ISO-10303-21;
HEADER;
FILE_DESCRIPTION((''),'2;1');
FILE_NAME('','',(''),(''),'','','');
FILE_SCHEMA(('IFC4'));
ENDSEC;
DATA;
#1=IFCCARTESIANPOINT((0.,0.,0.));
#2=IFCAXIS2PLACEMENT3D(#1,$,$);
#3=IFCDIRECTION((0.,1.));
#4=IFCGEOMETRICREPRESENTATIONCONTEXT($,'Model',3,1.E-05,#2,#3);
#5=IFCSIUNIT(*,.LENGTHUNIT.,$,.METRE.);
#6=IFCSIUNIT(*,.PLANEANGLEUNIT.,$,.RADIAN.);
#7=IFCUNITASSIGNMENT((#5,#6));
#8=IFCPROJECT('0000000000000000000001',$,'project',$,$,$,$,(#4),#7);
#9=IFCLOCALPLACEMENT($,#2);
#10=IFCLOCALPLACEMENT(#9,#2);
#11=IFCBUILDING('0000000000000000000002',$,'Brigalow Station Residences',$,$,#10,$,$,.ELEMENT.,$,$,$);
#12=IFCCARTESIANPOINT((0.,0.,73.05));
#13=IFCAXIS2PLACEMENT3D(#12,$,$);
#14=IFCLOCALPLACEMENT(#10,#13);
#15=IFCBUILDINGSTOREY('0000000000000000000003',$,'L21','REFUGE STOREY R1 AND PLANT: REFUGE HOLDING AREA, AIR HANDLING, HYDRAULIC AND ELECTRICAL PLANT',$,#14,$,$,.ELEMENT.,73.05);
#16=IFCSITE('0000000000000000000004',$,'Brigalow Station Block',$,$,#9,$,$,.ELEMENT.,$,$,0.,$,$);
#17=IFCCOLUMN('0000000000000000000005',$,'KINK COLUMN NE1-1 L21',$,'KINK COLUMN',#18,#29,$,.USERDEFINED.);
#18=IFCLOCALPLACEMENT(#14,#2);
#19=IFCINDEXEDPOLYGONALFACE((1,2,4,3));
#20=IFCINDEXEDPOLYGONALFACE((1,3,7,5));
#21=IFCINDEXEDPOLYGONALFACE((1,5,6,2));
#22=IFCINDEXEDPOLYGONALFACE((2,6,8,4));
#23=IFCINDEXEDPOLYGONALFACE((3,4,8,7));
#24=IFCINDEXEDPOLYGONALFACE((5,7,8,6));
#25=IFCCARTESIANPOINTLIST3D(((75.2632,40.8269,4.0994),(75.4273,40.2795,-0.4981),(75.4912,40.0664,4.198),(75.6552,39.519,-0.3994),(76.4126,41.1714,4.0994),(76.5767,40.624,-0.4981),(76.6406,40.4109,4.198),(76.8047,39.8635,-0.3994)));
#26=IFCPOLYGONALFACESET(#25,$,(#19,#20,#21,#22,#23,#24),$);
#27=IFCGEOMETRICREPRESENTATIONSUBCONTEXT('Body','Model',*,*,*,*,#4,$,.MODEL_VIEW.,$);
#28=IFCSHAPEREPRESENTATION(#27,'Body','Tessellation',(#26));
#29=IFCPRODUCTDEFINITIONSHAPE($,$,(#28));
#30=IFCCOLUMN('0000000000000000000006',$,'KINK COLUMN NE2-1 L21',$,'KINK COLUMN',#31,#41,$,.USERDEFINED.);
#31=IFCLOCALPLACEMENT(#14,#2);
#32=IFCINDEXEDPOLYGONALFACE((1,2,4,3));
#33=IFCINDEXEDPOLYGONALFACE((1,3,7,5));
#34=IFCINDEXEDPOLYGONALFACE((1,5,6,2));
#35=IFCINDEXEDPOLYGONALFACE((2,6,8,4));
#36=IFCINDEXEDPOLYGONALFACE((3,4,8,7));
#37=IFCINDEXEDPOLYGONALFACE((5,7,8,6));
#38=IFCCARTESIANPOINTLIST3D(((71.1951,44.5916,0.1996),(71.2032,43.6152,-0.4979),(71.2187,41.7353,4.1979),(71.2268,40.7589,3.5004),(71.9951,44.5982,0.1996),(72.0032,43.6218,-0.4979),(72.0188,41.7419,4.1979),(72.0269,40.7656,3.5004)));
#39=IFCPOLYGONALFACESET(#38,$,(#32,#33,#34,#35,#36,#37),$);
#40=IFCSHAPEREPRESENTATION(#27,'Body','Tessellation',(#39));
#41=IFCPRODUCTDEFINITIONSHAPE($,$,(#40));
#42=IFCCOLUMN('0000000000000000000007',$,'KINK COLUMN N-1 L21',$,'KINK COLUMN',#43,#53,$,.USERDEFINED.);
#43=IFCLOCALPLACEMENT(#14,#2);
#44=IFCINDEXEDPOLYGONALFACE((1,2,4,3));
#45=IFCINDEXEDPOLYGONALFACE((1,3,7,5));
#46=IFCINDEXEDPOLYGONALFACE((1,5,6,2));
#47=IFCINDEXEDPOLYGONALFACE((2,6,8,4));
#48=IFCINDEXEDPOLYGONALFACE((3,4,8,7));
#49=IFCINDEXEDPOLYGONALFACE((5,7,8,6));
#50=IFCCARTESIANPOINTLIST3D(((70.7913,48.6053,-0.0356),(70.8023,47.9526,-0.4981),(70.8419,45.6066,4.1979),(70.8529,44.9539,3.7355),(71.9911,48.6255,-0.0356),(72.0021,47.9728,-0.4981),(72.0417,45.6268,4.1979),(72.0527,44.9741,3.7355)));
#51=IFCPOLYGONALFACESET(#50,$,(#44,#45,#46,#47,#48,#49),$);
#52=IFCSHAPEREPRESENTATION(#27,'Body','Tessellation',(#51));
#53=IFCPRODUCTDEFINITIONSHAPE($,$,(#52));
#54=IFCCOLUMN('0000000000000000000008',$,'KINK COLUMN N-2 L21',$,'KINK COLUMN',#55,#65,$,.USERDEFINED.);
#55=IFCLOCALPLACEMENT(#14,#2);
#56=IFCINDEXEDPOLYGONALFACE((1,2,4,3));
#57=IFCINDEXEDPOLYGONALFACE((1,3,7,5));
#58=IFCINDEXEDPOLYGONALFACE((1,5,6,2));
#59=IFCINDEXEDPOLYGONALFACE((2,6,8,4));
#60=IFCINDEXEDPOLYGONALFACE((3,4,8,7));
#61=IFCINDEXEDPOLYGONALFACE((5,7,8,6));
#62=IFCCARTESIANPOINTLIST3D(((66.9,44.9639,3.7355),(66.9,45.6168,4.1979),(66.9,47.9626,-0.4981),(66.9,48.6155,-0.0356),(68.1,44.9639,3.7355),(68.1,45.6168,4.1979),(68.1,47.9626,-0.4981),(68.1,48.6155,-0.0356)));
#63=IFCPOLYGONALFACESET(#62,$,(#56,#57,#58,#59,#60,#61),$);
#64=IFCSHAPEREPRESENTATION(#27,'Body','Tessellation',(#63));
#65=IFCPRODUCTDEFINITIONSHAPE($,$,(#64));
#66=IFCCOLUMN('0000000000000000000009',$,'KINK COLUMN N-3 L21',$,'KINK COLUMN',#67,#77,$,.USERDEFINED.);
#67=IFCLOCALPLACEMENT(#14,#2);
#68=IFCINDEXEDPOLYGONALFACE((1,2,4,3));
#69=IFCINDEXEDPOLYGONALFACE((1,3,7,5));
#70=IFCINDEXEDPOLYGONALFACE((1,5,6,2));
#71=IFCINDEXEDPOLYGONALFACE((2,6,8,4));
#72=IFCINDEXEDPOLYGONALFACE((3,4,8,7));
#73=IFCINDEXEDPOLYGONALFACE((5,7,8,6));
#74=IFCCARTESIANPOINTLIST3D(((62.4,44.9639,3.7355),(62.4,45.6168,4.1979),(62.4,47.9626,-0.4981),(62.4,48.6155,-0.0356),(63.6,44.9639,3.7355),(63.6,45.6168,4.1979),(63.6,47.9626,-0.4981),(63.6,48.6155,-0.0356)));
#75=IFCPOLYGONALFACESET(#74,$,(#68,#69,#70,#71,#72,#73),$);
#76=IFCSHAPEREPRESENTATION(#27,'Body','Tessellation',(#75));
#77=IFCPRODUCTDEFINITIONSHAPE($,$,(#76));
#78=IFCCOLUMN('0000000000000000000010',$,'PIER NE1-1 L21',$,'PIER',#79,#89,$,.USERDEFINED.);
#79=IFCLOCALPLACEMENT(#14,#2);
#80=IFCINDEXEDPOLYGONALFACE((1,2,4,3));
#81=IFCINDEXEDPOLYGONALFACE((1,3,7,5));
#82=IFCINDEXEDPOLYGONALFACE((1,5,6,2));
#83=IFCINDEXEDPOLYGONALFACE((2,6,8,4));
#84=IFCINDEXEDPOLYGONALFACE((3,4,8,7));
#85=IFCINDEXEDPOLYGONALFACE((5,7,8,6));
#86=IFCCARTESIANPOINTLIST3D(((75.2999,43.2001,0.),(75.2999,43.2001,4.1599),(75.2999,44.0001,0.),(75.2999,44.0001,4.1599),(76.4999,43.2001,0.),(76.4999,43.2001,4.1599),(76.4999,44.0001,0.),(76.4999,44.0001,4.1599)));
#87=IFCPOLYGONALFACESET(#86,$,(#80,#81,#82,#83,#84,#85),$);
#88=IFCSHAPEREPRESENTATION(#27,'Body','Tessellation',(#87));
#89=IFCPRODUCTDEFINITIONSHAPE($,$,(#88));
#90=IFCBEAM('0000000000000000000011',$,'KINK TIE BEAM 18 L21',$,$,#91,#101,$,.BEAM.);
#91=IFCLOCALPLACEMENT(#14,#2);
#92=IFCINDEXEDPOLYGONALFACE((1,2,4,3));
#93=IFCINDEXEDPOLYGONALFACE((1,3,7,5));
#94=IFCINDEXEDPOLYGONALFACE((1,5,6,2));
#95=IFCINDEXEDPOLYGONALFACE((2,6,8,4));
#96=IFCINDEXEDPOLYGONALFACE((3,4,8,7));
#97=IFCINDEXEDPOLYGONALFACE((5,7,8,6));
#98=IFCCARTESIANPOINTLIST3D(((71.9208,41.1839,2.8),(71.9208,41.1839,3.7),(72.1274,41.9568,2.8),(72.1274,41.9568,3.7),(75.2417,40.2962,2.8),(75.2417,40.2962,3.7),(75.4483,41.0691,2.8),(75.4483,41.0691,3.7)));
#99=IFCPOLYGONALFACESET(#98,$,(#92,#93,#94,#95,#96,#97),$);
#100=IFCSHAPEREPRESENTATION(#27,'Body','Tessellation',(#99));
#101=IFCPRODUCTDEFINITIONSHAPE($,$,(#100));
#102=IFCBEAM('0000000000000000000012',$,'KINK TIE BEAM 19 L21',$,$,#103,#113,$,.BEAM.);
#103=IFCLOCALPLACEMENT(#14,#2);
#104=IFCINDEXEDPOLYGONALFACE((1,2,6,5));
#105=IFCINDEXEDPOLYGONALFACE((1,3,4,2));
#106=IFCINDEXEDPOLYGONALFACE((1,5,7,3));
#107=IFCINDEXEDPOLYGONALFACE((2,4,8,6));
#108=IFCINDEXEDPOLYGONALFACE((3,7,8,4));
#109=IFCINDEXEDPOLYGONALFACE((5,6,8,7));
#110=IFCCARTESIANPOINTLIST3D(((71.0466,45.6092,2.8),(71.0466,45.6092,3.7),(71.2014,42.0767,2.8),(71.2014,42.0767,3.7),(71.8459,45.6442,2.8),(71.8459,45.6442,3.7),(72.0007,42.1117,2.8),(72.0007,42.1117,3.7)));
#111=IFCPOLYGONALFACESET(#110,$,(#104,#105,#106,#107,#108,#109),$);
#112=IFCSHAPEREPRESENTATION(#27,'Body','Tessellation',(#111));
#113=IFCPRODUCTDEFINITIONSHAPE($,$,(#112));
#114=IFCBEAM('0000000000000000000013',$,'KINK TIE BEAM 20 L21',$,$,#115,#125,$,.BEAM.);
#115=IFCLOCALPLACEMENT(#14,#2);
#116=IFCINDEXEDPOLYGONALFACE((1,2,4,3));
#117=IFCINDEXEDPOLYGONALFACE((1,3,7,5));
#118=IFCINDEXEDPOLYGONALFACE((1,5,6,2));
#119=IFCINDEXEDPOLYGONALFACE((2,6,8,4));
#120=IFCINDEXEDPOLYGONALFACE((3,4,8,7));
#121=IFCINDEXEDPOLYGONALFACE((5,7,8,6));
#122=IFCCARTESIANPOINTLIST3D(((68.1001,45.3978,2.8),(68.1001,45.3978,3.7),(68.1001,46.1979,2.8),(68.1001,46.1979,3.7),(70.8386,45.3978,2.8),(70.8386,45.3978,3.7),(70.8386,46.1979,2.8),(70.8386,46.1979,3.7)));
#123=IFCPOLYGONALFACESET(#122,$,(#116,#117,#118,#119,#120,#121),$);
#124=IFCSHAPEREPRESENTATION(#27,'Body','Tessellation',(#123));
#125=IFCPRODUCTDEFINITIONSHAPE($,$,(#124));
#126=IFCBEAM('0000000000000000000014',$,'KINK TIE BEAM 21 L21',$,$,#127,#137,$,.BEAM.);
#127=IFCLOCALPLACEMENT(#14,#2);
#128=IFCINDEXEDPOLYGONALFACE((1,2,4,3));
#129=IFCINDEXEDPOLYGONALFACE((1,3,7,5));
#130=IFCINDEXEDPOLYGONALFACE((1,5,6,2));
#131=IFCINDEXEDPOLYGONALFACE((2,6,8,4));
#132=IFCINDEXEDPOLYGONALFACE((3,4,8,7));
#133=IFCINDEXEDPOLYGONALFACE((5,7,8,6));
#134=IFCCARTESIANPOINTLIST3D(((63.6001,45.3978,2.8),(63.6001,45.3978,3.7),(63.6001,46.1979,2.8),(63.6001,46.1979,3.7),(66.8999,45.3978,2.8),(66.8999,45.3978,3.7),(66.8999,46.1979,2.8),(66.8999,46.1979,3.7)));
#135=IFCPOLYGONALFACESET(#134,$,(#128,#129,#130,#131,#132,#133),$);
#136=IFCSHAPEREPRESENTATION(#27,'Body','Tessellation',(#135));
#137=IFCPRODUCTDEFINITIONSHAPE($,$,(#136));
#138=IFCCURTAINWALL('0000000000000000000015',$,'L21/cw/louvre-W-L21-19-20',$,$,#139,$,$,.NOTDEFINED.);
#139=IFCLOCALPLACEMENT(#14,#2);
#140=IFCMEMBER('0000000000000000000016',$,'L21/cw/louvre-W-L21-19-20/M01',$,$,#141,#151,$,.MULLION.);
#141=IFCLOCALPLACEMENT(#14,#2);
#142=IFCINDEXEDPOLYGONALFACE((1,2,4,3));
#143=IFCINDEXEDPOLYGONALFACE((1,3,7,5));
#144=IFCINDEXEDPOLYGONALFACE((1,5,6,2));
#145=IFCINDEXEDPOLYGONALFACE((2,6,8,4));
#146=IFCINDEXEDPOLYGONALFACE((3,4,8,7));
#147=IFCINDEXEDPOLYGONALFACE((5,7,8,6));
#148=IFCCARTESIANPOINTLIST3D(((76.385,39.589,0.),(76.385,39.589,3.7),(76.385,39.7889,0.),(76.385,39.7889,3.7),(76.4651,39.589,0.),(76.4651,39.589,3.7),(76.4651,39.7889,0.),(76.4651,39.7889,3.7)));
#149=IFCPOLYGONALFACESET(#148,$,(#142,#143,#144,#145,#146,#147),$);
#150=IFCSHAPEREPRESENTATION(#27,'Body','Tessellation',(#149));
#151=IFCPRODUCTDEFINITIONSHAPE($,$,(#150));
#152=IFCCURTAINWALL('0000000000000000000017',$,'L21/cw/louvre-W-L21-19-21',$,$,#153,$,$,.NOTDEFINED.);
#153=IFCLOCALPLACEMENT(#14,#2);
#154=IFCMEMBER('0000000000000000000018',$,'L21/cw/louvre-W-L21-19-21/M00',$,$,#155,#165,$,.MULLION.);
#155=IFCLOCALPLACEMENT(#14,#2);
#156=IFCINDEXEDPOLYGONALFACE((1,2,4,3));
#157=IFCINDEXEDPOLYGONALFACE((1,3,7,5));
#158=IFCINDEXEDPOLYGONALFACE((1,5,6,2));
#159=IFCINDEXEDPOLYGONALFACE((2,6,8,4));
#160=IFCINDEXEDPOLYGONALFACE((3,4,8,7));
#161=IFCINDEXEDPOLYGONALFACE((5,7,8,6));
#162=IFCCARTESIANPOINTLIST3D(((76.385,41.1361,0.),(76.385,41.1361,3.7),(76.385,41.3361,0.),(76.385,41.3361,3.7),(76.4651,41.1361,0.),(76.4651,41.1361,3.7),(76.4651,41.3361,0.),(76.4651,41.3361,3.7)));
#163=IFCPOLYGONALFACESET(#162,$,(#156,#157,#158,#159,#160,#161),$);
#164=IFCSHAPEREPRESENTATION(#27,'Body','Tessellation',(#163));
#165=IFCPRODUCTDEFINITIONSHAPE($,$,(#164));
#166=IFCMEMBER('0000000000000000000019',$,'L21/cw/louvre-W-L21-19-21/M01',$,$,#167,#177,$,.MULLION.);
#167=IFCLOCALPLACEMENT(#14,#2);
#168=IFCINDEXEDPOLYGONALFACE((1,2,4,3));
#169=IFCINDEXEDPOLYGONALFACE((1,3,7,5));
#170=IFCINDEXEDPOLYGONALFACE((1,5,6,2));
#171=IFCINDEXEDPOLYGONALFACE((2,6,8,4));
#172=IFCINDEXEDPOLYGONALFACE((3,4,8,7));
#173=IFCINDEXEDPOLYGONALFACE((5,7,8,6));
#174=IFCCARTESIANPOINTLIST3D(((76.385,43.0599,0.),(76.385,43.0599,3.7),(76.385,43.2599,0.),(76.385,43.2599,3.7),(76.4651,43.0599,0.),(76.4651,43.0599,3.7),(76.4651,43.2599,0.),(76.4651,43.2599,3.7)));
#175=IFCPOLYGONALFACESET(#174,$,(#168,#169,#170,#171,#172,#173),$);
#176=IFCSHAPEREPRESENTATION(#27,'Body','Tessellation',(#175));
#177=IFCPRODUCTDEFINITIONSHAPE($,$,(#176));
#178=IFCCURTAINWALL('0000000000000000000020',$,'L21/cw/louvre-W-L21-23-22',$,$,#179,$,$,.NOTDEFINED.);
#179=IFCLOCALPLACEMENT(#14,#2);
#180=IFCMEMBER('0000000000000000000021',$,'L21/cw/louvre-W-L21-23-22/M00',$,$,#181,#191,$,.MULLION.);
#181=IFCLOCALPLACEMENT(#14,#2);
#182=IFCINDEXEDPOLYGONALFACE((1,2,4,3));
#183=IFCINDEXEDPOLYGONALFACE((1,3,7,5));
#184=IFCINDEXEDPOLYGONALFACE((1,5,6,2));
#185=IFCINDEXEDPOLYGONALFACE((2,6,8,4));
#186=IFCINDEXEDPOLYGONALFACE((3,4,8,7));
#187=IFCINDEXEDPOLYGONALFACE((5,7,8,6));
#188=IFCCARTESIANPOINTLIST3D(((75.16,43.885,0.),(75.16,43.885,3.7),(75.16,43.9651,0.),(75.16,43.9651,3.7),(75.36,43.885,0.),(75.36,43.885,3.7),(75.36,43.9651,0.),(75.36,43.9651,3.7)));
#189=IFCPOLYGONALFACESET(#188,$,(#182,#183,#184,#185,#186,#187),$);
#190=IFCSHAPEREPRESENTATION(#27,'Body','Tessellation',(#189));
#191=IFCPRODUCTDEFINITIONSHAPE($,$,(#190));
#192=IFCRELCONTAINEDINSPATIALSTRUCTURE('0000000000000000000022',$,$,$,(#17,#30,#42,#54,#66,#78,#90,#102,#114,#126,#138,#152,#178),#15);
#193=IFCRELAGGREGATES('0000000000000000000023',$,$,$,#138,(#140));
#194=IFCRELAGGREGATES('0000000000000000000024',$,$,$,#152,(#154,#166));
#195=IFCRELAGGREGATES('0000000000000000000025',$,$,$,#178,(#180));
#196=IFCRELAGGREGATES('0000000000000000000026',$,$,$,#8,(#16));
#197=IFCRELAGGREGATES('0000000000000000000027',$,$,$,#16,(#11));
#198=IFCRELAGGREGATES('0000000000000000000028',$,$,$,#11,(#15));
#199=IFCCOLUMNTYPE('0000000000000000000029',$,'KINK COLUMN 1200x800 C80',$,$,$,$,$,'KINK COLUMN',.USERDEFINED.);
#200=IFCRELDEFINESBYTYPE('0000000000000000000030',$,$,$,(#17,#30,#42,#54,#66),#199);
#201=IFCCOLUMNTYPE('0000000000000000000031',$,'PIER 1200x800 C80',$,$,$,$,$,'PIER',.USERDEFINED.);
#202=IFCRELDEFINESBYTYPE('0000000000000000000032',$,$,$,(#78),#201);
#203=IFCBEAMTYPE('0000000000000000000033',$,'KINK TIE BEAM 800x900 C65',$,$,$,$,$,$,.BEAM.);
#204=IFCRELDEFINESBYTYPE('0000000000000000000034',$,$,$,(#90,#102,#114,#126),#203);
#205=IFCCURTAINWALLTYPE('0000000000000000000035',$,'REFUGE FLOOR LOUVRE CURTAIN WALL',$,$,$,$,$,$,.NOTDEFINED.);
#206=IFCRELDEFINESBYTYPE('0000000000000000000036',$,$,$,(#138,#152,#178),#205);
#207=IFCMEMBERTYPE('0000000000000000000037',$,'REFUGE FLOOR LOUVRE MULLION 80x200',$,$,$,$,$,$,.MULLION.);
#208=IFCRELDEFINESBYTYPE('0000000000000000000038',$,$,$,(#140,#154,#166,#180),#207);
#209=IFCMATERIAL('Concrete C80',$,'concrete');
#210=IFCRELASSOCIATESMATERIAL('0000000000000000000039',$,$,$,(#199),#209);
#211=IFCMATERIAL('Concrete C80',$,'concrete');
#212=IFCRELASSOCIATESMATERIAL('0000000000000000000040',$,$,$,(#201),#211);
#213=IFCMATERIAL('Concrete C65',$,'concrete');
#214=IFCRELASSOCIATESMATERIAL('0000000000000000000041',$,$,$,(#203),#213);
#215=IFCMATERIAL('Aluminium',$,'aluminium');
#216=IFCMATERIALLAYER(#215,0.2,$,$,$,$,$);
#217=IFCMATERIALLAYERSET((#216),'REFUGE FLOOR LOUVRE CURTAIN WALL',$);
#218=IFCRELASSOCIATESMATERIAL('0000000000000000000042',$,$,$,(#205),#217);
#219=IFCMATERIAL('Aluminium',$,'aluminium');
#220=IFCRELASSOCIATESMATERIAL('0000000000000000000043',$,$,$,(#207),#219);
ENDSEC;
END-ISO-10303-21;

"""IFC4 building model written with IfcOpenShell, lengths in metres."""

from ifc_helpers import new_model, si_unit, direction, frame, origin, origin_2d, place, context, subcontext, project, spatial, rectangle, extrude, material, layer, layer_set, material_profile, profile_set, type_object, element, aggregate, save


model = new_model("IFC4")

# Units and contexts
model_context = context("Model", 3, precision=1e-05, world=origin(), true_north=direction((0.0, 1.0)))
body_context = subcontext(model_context, "Body", "Model", "MODEL_VIEW")
ifc_project = project(units=[si_unit("LENGTHUNIT", "METRE"), si_unit("PLANEANGLEUNIT", "RADIAN")], contexts=[model_context])

# Site, building, storey
site_placement = place(None, origin())
site = spatial("IfcSite", under=ifc_project, at=site_placement, Name="Brigalow Station Block", CompositionType="ELEMENT", RefElevation=0.0)
building_placement = place(site_placement, origin())
building = spatial("IfcBuilding", under=site, at=building_placement, Name="Brigalow Station Residences", CompositionType="ELEMENT")
storey_placement = place(building_placement, frame((0.0, 0.0, 73.05)))
storey = spatial("IfcBuildingStorey", under=building, at=storey_placement, Name="L21", Description="REFUGE STOREY R1 AND PLANT: REFUGE HOLDING AREA, AIR HANDLING, HYDRAULIC AND ELECTRICAL PLANT", CompositionType="ELEMENT", Elevation=73.05)

# Columns
ifc_material_1 = material(Name="Concrete C80", Category="concrete")
ifc_material_profile_1 = material_profile(ifc_material_1, rectangle(XDim=1.2, YDim=0.8, at=origin_2d()), Name="RC1200x800")
ifc_profile_set_1 = profile_set([ifc_material_profile_1], Name="Concrete C80")
column_type_1 = type_object("IfcColumnType", Name="KINK COLUMN 1200x800 C80", ElementType="KINK COLUMN", PredefinedType="USERDEFINED", material=ifc_profile_set_1)
column_1_placement = place(storey_placement, frame((76.116, 40.0715, -0.4487), z_axis=(-0.035413, 0.11815, 0.992364), x_axis=(-0.957897, -0.287113, 0.0)))
element("IfcColumn", 1, at=column_1_placement, inside=storey, type_object=column_type_1, Name="KINK COLUMN NE1-1 L21", ObjectType="KINK COLUMN", PredefinedType="USERDEFINED", context=body_context, shape_type="SweptSolid", body=[
    extrude(rectangle(XDim=1.2, YDim=0.8, at=origin_2d()), origin(), (0.0, 0.0, 1.0), 4.6328),
])
column_2_placement = place(storey_placement, frame((71.5991, 44.1067, -0.1492), z_axis=(0.004819, -0.581269, 0.813697), x_axis=(-0.006746, 0.813669, 0.581289)))
element("IfcColumn", 2, at=column_2_placement, inside=storey, type_object=column_type_1, Name="KINK COLUMN NE2-1 L21", ObjectType="KINK COLUMN", PredefinedType="USERDEFINED", context=body_context, shape_type="SweptSolid", body=[
    extrude(rectangle(XDim=1.2, YDim=0.8, at=origin_2d()), origin(), (0.0, 0.0, 1.0), 4.9138),
])
column_3_placement = place(storey_placement, frame((71.3967, 48.2891, -0.2668), z_axis=(0.009741, -0.577983, 0.81599), x_axis=(0.999858, 0.01685, 0.0)))
element("IfcColumn", 3, at=column_3_placement, inside=storey, type_object=column_type_1, Name="KINK COLUMN N-1 L21", ObjectType="KINK COLUMN", PredefinedType="USERDEFINED", context=body_context, shape_type="SweptSolid", body=[
    extrude(rectangle(XDim=1.2, YDim=0.8, at=origin_2d()), origin(), (0.0, 0.0, 1.0), 5.1882),
])
for number, where, z_axis, x_axis, name in (
    (4, (67.5, 48.2891, -0.2668), (0.0, -0.578011, 0.816029), (1.0, 0.0, 0.0), "KINK COLUMN N-2 L21"),
    (5, (63.0, 48.2891, -0.2668), (0.0, -0.578011, 0.816029), (1.0, 0.0, 0.0), "KINK COLUMN N-3 L21"),
):
    element("IfcColumn", number, at=place(storey_placement, frame(where, z_axis=z_axis, x_axis=x_axis)), inside=storey, type_object=column_type_1, Name=name, ObjectType="KINK COLUMN", PredefinedType="USERDEFINED", context=body_context, shape_type="SweptSolid", body=[
        extrude(rectangle(XDim=1.2, YDim=0.8, at=origin_2d()), origin(), (0.0, 0.0, 1.0), 5.188),
    ])
ifc_material_2 = material(Name="Concrete C80", Category="concrete")
ifc_material_profile_2 = material_profile(ifc_material_2, rectangle(XDim=1.2, YDim=0.8, at=origin_2d()), Name="RC1200x800")
ifc_profile_set_2 = profile_set([ifc_material_profile_2], Name="Concrete C80")
column_type_2 = type_object("IfcColumnType", Name="PIER 1200x800 C80", ElementType="PIER", PredefinedType="USERDEFINED", material=ifc_profile_set_2)
column_4_placement = place(storey_placement, frame((75.8999, 43.6001, 0.0), z_axis=(0.0, 0.0, 1.0), x_axis=(-1.0, 0.0, 0.0)))
element("IfcColumn", 6, at=column_4_placement, inside=storey, type_object=column_type_2, Name="PIER NE1-1 L21", ObjectType="PIER", PredefinedType="USERDEFINED", context=body_context, shape_type="SweptSolid", body=[
    extrude(rectangle(XDim=1.2, YDim=0.8, at=origin_2d()), origin(), (0.0, 0.0, 1.0), 4.1599),
])

# Beams
ifc_material_3 = material(Name="Concrete C65", Category="concrete")
ifc_material_profile_3 = material_profile(ifc_material_3, rectangle(XDim=0.8, YDim=0.8999, at=origin_2d()), Name="RC800x900")
ifc_profile_set_3 = profile_set([ifc_material_profile_3], Name="Concrete C65")
beam_type = type_object("IfcBeamType", Name="KINK TIE BEAM 800x900 C65", PredefinedType="BEAM", material=ifc_profile_set_3)
beam_1_placement = place(storey_placement, frame((75.345, 40.6826, 3.25), z_axis=(-0.966079, 0.258246, 0.0), x_axis=(-0.258246, -0.966079, 0.0)))
element("IfcBeam", 7, at=beam_1_placement, inside=storey, type_object=beam_type, Name="KINK TIE BEAM 18 L21", PredefinedType="BEAM", context=body_context, shape_type="SweptSolid", body=[
    extrude(rectangle(XDim=0.8, YDim=0.8999, at=origin_2d()), origin(), (0.0, 0.0, 1.0), 3.4375),
])
beam_2_placement = place(storey_placement, frame((71.6011, 42.0942, 3.25), z_axis=(-0.043776, 0.999041, 0.0), x_axis=(-0.999041, -0.043776, 0.0)))
element("IfcBeam", 8, at=beam_2_placement, inside=storey, type_object=beam_type, Name="KINK TIE BEAM 19 L21", PredefinedType="BEAM", context=body_context, shape_type="SweptSolid", body=[
    extrude(rectangle(XDim=0.8, YDim=0.8999, at=origin_2d()), origin(), (0.0, 0.0, 1.0), 3.5359),
])
beam_3_placement = place(storey_placement, frame((70.8386, 45.7979, 3.25), z_axis=(-1.0, 0.0, 0.0), x_axis=(0.0, -1.0, 0.0)))
element("IfcBeam", 9, at=beam_3_placement, inside=storey, type_object=beam_type, Name="KINK TIE BEAM 20 L21", PredefinedType="BEAM", context=body_context, shape_type="SweptSolid", body=[
    extrude(rectangle(XDim=0.8, YDim=0.8999, at=origin_2d()), origin(), (0.0, 0.0, 1.0), 2.7385),
])
beam_4_placement = place(storey_placement, frame((66.8999, 45.7979, 3.25), z_axis=(-1.0, 0.0, 0.0), x_axis=(0.0, -1.0, 0.0)))
element("IfcBeam", 10, at=beam_4_placement, inside=storey, type_object=beam_type, Name="KINK TIE BEAM 21 L21", PredefinedType="BEAM", context=body_context, shape_type="SweptSolid", body=[
    extrude(rectangle(XDim=0.8, YDim=0.8999, at=origin_2d()), origin(), (0.0, 0.0, 1.0), 3.2998),
])

# Curtain wall, member
ifc_material_4 = material(Name="Aluminium", Category="aluminium")
ifc_layer_1 = layer(ifc_material_4, 0.2)
ifc_layer_set_1 = layer_set([ifc_layer_1], Name="REFUGE FLOOR LOUVRE CURTAIN WALL")
curtain_wall_type = type_object("IfcCurtainWallType", Name="REFUGE FLOOR LOUVRE CURTAIN WALL", PredefinedType="NOTDEFINED", material=ifc_layer_set_1)
curtain_wall_1_placement = place(storey_placement, origin())
curtain_wall_1 = element("IfcCurtainWall", 11, at=curtain_wall_1_placement, inside=storey, type_object=curtain_wall_type, Name="L21/cw/louvre-W-L21-19-20", PredefinedType="NOTDEFINED")
ifc_material_5 = material(Name="Aluminium", Category="aluminium")
ifc_material_profile_4 = material_profile(ifc_material_5, rectangle(XDim=0.0801, YDim=0.2, at=origin_2d()), Name="REFUGE FLOOR LOUVRE MULLION 80x200")
ifc_profile_set_4 = profile_set([ifc_material_profile_4], Name="Aluminium")
member_type_1 = type_object("IfcMemberType", Name="REFUGE FLOOR LOUVRE MULLION 80x200", PredefinedType="MULLION", material=ifc_profile_set_4)
member_1_placement = place(storey_placement, frame((76.425, 39.689, 0.0), z_axis=(0.0, 0.0, 1.0), x_axis=(-1.0, 0.0, 0.0)))
member_1 = element("IfcMember", 12, at=member_1_placement, type_object=member_type_1, Name="L21/cw/louvre-W-L21-19-20/M01", PredefinedType="MULLION", context=body_context, shape_type="SweptSolid", body=[
    extrude(rectangle(XDim=0.0801, YDim=0.2, at=origin_2d()), origin(), (0.0, 0.0, 1.0), 3.7),
])

# Curtain walls, members
curtain_wall_2_placement = place(storey_placement, origin())
curtain_wall_2 = element("IfcCurtainWall", 13, at=curtain_wall_2_placement, inside=storey, type_object=curtain_wall_type, Name="L21/cw/louvre-W-L21-19-21", PredefinedType="NOTDEFINED")
member_2_placement = place(storey_placement, frame((76.425, 41.2361, 0.0), z_axis=(0.0, 0.0, 1.0), x_axis=(-1.0, 0.0, 0.0)))
member_2 = element("IfcMember", 14, at=member_2_placement, type_object=member_type_1, Name="L21/cw/louvre-W-L21-19-21/M00", PredefinedType="MULLION", context=body_context, shape_type="SweptSolid", body=[
    extrude(rectangle(XDim=0.0801, YDim=0.2, at=origin_2d()), origin(), (0.0, 0.0, 1.0), 3.7),
])
member_3_placement = place(storey_placement, frame((76.425, 43.1599, 0.0), z_axis=(0.0, 0.0, 1.0), x_axis=(-1.0, 0.0, 0.0)))
member_3 = element("IfcMember", 15, at=member_3_placement, type_object=member_type_1, Name="L21/cw/louvre-W-L21-19-21/M01", PredefinedType="MULLION", context=body_context, shape_type="SweptSolid", body=[
    extrude(rectangle(XDim=0.0801, YDim=0.2, at=origin_2d()), origin(), (0.0, 0.0, 1.0), 3.7),
])
curtain_wall_3_placement = place(storey_placement, origin())
curtain_wall_3 = element("IfcCurtainWall", 16, at=curtain_wall_3_placement, inside=storey, type_object=curtain_wall_type, Name="L21/cw/louvre-W-L21-23-22", PredefinedType="NOTDEFINED")
member_4_placement = place(storey_placement, frame((75.26, 43.925, 0.0), z_axis=(0.0, 0.0, 1.0), x_axis=(0.0, -1.0, 0.0)))
member_4 = element("IfcMember", 17, at=member_4_placement, type_object=member_type_1, Name="L21/cw/louvre-W-L21-23-22/M00", PredefinedType="MULLION", context=body_context, shape_type="SweptSolid", body=[
    extrude(rectangle(XDim=0.0801, YDim=0.2, at=origin_2d()), origin(), (0.0, 0.0, 1.0), 3.7),
])

aggregate(curtain_wall_1, [member_1])
aggregate(curtain_wall_2, [member_2, member_3])
aggregate(curtain_wall_3, [member_4])

save(model, "model.ifc")
